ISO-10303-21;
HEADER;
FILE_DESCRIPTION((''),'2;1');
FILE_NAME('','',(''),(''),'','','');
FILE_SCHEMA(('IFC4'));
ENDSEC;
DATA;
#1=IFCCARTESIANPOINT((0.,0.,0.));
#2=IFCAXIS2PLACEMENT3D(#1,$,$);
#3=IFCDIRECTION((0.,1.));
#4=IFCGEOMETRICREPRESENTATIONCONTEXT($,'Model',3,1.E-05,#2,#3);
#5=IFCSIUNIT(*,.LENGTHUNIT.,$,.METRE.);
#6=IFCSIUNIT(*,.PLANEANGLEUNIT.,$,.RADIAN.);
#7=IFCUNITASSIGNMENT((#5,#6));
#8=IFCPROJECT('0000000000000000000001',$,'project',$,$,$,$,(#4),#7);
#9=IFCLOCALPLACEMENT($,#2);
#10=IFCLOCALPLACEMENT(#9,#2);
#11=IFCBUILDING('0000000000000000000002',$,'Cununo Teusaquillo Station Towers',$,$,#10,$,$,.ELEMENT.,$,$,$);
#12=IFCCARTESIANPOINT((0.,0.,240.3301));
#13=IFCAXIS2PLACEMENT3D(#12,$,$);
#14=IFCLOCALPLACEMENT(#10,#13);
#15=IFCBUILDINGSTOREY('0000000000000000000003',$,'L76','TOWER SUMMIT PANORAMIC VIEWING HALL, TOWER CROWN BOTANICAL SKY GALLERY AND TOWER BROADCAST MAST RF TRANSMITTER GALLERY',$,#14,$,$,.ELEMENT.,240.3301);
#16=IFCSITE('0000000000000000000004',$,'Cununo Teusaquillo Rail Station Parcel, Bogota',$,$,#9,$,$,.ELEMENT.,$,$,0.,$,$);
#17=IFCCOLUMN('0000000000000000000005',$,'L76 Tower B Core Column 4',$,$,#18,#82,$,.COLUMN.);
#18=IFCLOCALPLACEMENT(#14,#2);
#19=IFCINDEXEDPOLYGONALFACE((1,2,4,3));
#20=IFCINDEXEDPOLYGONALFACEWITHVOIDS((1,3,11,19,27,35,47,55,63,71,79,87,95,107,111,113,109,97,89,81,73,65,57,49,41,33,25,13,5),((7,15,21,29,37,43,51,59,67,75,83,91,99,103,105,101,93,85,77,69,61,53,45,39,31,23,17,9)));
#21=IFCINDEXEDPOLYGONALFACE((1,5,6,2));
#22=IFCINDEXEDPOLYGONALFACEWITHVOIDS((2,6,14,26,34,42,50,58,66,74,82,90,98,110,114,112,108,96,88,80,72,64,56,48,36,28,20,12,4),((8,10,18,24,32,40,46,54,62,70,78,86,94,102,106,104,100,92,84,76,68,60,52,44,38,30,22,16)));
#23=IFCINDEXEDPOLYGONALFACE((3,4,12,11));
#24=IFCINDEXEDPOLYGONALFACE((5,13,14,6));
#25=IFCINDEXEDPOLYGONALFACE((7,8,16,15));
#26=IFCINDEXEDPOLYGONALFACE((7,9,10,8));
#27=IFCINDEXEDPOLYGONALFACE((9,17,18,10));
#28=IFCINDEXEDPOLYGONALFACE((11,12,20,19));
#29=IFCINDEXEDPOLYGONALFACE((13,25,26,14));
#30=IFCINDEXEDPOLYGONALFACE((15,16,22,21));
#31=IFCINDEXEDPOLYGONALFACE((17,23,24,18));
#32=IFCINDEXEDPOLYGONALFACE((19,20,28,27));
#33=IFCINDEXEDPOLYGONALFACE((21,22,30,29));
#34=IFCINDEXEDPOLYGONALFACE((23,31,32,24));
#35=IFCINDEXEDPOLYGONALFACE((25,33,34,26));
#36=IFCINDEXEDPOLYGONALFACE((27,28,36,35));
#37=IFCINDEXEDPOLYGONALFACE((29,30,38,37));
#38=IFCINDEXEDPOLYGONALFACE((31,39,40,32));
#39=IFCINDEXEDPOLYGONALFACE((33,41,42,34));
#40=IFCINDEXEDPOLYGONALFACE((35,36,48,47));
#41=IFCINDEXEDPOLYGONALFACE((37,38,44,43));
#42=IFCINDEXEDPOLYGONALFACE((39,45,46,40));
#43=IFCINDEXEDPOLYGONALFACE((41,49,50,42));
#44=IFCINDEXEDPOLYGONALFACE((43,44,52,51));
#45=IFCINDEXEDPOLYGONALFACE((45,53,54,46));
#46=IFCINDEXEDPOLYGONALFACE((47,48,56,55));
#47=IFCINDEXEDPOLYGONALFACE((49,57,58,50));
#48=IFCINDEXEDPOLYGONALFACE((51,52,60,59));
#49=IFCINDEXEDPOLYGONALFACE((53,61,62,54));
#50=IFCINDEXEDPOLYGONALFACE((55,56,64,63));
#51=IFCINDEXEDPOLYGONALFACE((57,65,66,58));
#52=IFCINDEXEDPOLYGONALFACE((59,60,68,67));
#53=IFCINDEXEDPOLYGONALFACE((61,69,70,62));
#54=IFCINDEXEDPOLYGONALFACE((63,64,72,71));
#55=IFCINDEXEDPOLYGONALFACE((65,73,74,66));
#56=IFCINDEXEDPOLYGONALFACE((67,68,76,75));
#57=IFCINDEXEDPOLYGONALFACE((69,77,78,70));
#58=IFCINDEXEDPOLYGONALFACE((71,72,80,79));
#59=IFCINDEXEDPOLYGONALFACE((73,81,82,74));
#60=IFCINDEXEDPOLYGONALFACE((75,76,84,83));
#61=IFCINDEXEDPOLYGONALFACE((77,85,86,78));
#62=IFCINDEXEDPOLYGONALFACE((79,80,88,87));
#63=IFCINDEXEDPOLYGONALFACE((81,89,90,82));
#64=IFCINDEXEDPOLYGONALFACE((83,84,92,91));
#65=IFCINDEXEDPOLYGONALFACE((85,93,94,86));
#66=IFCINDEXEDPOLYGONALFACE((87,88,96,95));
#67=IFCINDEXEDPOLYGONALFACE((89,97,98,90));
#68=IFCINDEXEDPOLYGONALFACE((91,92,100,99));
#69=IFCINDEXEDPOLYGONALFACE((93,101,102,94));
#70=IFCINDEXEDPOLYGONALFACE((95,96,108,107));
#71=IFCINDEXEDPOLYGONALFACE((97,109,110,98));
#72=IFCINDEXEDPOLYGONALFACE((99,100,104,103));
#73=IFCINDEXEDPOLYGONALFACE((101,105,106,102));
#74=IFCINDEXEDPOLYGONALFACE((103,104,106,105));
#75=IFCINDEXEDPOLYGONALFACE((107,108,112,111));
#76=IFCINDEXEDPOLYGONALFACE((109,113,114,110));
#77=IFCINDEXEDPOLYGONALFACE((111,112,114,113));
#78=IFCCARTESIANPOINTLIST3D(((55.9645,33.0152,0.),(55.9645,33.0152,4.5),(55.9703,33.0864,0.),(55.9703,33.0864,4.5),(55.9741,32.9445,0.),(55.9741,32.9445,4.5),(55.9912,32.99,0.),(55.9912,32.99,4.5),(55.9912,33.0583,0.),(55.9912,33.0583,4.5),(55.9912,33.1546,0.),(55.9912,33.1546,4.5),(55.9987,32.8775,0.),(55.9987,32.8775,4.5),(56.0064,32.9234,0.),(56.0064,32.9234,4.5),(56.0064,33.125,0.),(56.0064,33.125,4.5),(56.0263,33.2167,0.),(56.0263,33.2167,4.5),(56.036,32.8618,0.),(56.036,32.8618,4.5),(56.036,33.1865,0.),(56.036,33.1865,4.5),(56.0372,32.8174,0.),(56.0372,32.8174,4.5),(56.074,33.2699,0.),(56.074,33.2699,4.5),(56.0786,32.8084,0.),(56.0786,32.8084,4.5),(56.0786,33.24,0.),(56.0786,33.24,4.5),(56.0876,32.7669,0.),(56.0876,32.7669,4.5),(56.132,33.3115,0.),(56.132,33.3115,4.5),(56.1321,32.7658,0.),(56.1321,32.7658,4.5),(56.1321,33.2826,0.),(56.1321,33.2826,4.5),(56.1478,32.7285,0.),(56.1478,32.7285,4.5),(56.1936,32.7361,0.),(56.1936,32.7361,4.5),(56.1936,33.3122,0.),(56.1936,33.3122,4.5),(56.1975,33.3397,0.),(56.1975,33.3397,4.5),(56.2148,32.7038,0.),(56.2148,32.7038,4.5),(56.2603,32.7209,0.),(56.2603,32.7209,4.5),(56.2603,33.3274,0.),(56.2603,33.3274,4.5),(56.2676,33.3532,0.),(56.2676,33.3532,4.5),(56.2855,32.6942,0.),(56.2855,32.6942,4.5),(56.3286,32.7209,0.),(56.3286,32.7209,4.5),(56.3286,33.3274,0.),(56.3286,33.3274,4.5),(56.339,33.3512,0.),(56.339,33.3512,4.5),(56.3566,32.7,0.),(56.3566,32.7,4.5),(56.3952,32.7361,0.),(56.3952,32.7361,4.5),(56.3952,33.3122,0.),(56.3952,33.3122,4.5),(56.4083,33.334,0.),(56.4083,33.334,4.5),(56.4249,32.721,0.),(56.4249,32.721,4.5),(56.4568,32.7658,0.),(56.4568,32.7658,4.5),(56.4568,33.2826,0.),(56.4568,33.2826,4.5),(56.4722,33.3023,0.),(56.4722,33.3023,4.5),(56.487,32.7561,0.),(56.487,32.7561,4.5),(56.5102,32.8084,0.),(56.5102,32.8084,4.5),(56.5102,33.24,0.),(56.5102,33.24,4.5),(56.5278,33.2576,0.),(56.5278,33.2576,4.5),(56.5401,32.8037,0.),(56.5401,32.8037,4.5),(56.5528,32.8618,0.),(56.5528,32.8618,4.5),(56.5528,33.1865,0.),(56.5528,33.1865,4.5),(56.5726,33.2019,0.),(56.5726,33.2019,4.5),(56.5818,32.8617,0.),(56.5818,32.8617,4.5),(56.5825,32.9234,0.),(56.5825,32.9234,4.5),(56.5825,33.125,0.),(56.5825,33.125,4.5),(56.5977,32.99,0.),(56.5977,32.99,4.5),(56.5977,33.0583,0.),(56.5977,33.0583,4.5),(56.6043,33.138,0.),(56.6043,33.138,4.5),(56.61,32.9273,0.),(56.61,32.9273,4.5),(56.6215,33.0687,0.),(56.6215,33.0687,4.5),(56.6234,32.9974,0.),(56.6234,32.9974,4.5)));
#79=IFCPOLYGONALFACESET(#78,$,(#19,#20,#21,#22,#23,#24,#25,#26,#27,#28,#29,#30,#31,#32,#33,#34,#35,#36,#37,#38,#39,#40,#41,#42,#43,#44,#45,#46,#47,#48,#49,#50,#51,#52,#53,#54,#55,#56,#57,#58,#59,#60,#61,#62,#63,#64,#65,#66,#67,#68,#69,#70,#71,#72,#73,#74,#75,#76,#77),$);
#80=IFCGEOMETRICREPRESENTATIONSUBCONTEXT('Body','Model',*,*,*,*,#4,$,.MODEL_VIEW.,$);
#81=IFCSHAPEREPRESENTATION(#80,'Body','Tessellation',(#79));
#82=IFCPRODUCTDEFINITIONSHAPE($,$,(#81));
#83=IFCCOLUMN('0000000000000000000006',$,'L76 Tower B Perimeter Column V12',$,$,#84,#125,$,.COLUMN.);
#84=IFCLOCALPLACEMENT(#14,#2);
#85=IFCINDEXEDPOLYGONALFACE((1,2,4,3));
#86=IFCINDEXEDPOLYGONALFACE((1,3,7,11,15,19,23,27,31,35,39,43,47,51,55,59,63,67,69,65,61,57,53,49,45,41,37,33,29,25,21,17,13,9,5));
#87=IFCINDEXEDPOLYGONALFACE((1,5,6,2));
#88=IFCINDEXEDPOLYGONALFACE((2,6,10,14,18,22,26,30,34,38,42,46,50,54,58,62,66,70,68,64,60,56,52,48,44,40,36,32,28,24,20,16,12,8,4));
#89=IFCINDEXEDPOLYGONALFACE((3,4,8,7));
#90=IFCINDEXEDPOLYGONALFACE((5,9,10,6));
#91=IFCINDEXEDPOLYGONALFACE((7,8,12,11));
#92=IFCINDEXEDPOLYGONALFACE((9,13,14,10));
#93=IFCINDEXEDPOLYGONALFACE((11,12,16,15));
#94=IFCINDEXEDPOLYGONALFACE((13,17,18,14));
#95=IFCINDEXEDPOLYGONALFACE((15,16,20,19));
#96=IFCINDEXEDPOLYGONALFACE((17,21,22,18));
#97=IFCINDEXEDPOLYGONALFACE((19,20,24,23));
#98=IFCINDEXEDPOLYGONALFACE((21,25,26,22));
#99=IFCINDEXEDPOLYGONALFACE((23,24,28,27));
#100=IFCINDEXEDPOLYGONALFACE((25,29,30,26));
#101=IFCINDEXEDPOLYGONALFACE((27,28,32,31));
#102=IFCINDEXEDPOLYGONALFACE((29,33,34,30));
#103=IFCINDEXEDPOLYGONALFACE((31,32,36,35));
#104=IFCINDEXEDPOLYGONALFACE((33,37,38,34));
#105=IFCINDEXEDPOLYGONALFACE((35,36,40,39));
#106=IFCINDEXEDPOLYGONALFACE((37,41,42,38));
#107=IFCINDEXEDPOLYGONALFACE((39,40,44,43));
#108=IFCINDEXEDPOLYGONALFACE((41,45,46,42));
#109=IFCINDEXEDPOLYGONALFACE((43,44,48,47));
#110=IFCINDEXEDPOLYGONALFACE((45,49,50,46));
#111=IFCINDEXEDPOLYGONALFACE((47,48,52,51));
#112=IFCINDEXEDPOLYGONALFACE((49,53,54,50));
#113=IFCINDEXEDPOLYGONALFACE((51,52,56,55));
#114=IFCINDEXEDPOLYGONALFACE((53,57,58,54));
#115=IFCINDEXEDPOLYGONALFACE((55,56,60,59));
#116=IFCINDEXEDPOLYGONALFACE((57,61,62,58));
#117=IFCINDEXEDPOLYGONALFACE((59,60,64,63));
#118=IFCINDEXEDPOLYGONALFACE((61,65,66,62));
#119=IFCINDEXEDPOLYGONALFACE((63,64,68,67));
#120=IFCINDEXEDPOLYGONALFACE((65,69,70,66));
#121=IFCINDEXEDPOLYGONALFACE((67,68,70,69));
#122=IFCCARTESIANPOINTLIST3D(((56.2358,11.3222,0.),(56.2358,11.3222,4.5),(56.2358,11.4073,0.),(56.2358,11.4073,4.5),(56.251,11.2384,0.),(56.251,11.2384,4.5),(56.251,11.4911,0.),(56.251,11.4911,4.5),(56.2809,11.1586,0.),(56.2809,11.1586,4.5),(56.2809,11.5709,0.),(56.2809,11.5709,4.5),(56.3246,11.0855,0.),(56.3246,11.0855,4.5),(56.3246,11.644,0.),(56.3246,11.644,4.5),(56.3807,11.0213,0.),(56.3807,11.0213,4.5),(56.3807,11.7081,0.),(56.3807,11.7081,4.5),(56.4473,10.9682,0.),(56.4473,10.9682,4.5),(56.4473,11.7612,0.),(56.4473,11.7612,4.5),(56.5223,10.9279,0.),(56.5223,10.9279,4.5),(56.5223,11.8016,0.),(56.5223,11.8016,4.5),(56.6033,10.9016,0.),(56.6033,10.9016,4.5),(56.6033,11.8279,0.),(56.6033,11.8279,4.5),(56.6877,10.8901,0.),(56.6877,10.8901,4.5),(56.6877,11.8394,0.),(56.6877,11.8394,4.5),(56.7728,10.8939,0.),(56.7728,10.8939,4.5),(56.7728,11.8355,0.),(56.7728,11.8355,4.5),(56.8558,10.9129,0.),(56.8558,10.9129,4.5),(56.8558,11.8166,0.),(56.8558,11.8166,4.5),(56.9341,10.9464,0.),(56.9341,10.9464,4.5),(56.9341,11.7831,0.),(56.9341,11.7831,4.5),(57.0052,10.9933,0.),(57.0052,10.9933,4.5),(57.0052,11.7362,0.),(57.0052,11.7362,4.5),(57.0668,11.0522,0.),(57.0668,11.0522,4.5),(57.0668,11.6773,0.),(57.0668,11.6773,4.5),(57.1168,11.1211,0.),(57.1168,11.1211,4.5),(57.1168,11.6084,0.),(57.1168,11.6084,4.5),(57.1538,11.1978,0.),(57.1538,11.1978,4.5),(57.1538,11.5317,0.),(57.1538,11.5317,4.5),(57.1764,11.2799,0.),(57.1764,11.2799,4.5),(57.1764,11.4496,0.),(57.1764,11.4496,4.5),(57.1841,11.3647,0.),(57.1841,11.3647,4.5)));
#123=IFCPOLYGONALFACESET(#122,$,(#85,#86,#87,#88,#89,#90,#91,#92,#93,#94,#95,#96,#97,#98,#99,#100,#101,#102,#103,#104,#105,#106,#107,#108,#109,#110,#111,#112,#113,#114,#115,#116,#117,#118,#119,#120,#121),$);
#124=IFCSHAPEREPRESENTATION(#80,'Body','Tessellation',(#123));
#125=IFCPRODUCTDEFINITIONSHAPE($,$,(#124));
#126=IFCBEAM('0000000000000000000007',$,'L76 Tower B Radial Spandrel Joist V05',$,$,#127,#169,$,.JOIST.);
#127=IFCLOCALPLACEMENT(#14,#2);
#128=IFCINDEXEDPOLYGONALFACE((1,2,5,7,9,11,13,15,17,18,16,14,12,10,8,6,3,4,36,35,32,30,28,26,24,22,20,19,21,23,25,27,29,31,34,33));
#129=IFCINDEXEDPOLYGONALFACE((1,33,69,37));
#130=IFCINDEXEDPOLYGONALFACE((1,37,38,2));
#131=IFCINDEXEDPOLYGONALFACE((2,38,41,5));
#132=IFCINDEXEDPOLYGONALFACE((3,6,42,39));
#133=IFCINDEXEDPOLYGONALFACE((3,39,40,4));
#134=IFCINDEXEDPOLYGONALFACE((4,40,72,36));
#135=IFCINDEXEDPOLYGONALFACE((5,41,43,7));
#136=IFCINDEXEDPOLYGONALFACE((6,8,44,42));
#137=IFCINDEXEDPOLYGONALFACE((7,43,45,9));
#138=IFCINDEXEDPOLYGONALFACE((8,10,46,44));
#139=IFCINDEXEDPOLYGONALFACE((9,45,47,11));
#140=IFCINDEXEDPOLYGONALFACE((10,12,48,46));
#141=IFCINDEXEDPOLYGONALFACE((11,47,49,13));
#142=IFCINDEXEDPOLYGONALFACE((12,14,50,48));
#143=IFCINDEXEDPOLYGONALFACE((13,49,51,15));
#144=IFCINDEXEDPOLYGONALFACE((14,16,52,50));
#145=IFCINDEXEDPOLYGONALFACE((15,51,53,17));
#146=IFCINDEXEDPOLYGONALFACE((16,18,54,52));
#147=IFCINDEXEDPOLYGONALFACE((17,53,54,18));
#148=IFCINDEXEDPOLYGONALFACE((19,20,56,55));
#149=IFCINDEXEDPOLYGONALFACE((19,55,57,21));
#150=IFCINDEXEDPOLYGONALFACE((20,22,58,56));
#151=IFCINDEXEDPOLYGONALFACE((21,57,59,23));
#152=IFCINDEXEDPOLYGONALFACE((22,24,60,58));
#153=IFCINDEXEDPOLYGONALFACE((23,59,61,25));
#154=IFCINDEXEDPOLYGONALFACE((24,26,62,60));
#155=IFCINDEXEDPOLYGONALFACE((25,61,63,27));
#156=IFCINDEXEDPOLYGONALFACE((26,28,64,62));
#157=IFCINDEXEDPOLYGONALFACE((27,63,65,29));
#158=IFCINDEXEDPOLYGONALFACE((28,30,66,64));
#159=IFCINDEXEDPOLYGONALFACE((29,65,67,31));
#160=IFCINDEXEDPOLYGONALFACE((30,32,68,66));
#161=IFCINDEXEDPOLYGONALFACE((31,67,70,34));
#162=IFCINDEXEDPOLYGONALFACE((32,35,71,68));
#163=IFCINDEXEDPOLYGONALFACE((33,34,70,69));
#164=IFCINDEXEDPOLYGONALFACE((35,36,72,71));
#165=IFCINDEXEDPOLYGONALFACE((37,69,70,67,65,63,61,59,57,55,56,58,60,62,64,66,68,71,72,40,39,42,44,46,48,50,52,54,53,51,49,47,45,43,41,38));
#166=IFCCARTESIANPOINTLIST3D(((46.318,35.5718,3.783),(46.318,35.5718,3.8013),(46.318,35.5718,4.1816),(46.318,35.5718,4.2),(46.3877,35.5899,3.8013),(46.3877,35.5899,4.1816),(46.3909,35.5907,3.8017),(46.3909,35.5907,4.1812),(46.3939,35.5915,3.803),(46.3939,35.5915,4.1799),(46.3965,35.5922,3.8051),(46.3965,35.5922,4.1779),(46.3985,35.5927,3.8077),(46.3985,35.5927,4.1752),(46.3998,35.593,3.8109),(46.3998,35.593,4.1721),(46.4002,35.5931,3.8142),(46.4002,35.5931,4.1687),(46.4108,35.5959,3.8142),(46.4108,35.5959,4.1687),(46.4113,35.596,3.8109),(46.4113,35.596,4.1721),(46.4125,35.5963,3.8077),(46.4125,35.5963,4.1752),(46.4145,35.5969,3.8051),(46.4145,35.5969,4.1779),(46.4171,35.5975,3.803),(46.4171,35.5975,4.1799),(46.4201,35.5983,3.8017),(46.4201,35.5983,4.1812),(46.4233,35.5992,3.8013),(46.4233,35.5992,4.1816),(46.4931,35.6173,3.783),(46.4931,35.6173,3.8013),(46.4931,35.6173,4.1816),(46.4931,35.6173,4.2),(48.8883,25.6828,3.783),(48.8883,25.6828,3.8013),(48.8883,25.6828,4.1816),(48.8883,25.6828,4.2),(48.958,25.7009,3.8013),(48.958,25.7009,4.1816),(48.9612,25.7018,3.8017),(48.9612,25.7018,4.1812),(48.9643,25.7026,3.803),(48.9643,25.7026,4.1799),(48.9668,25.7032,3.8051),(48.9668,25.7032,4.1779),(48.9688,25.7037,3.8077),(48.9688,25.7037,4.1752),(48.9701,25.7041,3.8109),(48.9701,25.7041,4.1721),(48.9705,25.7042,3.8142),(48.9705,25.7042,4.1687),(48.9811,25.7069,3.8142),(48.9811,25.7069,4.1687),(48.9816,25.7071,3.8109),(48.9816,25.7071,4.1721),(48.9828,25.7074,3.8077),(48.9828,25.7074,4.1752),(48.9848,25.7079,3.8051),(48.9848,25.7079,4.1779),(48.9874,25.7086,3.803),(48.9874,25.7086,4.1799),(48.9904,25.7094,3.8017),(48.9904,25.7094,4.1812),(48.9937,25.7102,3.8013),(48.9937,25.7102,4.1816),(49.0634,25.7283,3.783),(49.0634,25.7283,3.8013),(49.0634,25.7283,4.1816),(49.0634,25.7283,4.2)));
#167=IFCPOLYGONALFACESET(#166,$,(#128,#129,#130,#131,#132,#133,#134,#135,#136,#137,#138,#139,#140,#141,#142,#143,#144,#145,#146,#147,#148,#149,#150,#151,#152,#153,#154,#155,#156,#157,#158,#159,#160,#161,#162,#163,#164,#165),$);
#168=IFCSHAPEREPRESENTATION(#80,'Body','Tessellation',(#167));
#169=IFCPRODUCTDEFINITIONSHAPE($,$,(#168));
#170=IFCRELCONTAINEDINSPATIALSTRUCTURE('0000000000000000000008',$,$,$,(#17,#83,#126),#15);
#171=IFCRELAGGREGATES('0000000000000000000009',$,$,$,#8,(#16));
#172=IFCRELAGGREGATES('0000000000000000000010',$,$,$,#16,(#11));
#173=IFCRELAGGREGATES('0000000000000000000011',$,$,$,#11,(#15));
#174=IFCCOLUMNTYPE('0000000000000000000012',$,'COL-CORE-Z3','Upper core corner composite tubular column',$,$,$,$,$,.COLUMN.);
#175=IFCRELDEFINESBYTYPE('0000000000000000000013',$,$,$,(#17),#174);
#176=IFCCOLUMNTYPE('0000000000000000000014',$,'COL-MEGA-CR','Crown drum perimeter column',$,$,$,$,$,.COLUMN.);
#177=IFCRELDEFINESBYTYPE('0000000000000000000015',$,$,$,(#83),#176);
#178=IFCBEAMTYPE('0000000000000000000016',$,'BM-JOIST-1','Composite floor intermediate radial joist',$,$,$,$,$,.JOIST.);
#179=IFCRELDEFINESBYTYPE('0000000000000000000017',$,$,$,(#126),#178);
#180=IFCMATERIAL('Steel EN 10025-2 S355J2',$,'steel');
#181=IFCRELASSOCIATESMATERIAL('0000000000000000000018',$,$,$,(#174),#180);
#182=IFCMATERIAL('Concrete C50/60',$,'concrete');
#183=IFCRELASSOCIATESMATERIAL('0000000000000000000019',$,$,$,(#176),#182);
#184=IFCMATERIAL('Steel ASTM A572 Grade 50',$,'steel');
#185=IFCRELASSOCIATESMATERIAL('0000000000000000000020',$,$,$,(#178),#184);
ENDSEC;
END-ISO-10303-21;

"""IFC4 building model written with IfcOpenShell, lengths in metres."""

from ifc_helpers import new_model, si_unit, direction, frame, origin, origin_2d, place, context, subcontext, project, spatial, circle, hollow_circle, i_section, extrude, material, material_profile, profile_set, type_object, element, save


model = new_model("IFC4")

# Units and contexts
model_context = context("Model", 3, precision=1e-05, world=origin(), true_north=direction((0.0, 1.0)))
body_context = subcontext(model_context, "Body", "Model", "MODEL_VIEW")
ifc_project = project(units=[si_unit("LENGTHUNIT", "METRE"), si_unit("PLANEANGLEUNIT", "RADIAN")], contexts=[model_context])

# Site, building, storey
site_placement = place(None, origin())
site = spatial("IfcSite", under=ifc_project, at=site_placement, Name="Cununo Teusaquillo Rail Station Parcel, Bogota", CompositionType="ELEMENT", RefElevation=0.0)
building_placement = place(site_placement, origin())
building = spatial("IfcBuilding", under=site, at=building_placement, Name="Cununo Teusaquillo Station Towers", CompositionType="ELEMENT")
storey_placement = place(building_placement, frame((0.0, 0.0, 240.3301)))
storey = spatial("IfcBuildingStorey", under=building, at=storey_placement, Name="L76", Description="TOWER SUMMIT PANORAMIC VIEWING HALL, TOWER CROWN BOTANICAL SKY GALLERY AND TOWER BROADCAST MAST RF TRANSMITTER GALLERY", CompositionType="ELEMENT", Elevation=240.3301)

# Columns
ifc_material_1 = material(Name="Steel EN 10025-2 S355J2", Category="steel")
ifc_material_profile_1 = material_profile(ifc_material_1, hollow_circle(Radius=0.3301, WallThickness=0.0249, at=origin_2d()), Name="CHS 660x25")
ifc_profile_set_1 = profile_set([ifc_material_profile_1], Name="Steel EN 10025-2 S355J2")
column_type_1 = type_object("IfcColumnType", Name="COL-CORE-Z3", Description="Upper core corner composite tubular column", PredefinedType="COLUMN", material=ifc_profile_set_1)
column_1_placement = place(storey_placement, frame((56.2944, 33.0242, 0.0), z_axis=(0.0, 0.0, 1.0), x_axis=(0.707107, 0.707107, 0.0)))
element("IfcColumn", 1, at=column_1_placement, inside=storey, type_object=column_type_1, Name="L76 Tower B Core Column 4", PredefinedType="COLUMN", context=body_context, shape_type="SweptSolid", body=[
    extrude(hollow_circle(Radius=0.3301, WallThickness=0.0249, at=origin_2d()), origin(), (0.0, 0.0, 1.0), 4.5),
])
ifc_material_2 = material(Name="Concrete C50/60", Category="concrete")
ifc_material_profile_2 = material_profile(ifc_material_2, circle(Radius=0.4751, at=origin_2d()), Name="RC-CIRC-950")
ifc_profile_set_2 = profile_set([ifc_material_profile_2], Name="Concrete C50/60")
column_type_2 = type_object("IfcColumnType", Name="COL-MEGA-CR", Description="Crown drum perimeter column", PredefinedType="COLUMN", material=ifc_profile_set_2)
column_2_placement = place(storey_placement, frame((56.709, 11.3647, 0.0), z_axis=(0.0, 0.0, 1.0), x_axis=(1.0, 0.0, 0.0)))
element("IfcColumn", 2, at=column_2_placement, inside=storey, type_object=column_type_2, Name="L76 Tower B Perimeter Column V12", PredefinedType="COLUMN", context=body_context, shape_type="SweptSolid", body=[
    extrude(circle(Radius=0.4751, at=origin_2d()), origin(), (0.0, 0.0, 1.0), 4.5),
])

# Beam
ifc_material_3 = material(Name="Steel ASTM A572 Grade 50", Category="steel")
ifc_material_profile_3 = material_profile(ifc_material_3, i_section(OverallWidth=0.1809, OverallDepth=0.417, WebThickness=0.011, FlangeThickness=0.0183, FilletRadius=0.0129, at=origin_2d()), Name="W16X57")
ifc_profile_set_3 = profile_set([ifc_material_profile_3], Name="Steel ASTM A572 Grade 50")
beam_type_1 = type_object("IfcBeamType", Name="BM-JOIST-1", Description="Composite floor intermediate radial joist", PredefinedType="JOIST", material=ifc_profile_set_3)
beam_1_placement = place(storey_placement, frame((48.9758, 25.7056, 3.9915), z_axis=(-0.25156, 0.967842, 0.0), x_axis=(-0.967842, -0.25156, 0.0)))
element("IfcBeam", 3, at=beam_1_placement, inside=storey, type_object=beam_type_1, Name="L76 Tower B Radial Spandrel Joist V05", PredefinedType="JOIST", context=body_context, shape_type="SweptSolid", body=[
    extrude(i_section(OverallWidth=0.1809, OverallDepth=0.417, WebThickness=0.011, FlangeThickness=0.0183, FilletRadius=0.0129, at=origin_2d()), origin(), (0.0, 0.0, 1.0), 10.2175),
])

save(model, "model.ifc")
